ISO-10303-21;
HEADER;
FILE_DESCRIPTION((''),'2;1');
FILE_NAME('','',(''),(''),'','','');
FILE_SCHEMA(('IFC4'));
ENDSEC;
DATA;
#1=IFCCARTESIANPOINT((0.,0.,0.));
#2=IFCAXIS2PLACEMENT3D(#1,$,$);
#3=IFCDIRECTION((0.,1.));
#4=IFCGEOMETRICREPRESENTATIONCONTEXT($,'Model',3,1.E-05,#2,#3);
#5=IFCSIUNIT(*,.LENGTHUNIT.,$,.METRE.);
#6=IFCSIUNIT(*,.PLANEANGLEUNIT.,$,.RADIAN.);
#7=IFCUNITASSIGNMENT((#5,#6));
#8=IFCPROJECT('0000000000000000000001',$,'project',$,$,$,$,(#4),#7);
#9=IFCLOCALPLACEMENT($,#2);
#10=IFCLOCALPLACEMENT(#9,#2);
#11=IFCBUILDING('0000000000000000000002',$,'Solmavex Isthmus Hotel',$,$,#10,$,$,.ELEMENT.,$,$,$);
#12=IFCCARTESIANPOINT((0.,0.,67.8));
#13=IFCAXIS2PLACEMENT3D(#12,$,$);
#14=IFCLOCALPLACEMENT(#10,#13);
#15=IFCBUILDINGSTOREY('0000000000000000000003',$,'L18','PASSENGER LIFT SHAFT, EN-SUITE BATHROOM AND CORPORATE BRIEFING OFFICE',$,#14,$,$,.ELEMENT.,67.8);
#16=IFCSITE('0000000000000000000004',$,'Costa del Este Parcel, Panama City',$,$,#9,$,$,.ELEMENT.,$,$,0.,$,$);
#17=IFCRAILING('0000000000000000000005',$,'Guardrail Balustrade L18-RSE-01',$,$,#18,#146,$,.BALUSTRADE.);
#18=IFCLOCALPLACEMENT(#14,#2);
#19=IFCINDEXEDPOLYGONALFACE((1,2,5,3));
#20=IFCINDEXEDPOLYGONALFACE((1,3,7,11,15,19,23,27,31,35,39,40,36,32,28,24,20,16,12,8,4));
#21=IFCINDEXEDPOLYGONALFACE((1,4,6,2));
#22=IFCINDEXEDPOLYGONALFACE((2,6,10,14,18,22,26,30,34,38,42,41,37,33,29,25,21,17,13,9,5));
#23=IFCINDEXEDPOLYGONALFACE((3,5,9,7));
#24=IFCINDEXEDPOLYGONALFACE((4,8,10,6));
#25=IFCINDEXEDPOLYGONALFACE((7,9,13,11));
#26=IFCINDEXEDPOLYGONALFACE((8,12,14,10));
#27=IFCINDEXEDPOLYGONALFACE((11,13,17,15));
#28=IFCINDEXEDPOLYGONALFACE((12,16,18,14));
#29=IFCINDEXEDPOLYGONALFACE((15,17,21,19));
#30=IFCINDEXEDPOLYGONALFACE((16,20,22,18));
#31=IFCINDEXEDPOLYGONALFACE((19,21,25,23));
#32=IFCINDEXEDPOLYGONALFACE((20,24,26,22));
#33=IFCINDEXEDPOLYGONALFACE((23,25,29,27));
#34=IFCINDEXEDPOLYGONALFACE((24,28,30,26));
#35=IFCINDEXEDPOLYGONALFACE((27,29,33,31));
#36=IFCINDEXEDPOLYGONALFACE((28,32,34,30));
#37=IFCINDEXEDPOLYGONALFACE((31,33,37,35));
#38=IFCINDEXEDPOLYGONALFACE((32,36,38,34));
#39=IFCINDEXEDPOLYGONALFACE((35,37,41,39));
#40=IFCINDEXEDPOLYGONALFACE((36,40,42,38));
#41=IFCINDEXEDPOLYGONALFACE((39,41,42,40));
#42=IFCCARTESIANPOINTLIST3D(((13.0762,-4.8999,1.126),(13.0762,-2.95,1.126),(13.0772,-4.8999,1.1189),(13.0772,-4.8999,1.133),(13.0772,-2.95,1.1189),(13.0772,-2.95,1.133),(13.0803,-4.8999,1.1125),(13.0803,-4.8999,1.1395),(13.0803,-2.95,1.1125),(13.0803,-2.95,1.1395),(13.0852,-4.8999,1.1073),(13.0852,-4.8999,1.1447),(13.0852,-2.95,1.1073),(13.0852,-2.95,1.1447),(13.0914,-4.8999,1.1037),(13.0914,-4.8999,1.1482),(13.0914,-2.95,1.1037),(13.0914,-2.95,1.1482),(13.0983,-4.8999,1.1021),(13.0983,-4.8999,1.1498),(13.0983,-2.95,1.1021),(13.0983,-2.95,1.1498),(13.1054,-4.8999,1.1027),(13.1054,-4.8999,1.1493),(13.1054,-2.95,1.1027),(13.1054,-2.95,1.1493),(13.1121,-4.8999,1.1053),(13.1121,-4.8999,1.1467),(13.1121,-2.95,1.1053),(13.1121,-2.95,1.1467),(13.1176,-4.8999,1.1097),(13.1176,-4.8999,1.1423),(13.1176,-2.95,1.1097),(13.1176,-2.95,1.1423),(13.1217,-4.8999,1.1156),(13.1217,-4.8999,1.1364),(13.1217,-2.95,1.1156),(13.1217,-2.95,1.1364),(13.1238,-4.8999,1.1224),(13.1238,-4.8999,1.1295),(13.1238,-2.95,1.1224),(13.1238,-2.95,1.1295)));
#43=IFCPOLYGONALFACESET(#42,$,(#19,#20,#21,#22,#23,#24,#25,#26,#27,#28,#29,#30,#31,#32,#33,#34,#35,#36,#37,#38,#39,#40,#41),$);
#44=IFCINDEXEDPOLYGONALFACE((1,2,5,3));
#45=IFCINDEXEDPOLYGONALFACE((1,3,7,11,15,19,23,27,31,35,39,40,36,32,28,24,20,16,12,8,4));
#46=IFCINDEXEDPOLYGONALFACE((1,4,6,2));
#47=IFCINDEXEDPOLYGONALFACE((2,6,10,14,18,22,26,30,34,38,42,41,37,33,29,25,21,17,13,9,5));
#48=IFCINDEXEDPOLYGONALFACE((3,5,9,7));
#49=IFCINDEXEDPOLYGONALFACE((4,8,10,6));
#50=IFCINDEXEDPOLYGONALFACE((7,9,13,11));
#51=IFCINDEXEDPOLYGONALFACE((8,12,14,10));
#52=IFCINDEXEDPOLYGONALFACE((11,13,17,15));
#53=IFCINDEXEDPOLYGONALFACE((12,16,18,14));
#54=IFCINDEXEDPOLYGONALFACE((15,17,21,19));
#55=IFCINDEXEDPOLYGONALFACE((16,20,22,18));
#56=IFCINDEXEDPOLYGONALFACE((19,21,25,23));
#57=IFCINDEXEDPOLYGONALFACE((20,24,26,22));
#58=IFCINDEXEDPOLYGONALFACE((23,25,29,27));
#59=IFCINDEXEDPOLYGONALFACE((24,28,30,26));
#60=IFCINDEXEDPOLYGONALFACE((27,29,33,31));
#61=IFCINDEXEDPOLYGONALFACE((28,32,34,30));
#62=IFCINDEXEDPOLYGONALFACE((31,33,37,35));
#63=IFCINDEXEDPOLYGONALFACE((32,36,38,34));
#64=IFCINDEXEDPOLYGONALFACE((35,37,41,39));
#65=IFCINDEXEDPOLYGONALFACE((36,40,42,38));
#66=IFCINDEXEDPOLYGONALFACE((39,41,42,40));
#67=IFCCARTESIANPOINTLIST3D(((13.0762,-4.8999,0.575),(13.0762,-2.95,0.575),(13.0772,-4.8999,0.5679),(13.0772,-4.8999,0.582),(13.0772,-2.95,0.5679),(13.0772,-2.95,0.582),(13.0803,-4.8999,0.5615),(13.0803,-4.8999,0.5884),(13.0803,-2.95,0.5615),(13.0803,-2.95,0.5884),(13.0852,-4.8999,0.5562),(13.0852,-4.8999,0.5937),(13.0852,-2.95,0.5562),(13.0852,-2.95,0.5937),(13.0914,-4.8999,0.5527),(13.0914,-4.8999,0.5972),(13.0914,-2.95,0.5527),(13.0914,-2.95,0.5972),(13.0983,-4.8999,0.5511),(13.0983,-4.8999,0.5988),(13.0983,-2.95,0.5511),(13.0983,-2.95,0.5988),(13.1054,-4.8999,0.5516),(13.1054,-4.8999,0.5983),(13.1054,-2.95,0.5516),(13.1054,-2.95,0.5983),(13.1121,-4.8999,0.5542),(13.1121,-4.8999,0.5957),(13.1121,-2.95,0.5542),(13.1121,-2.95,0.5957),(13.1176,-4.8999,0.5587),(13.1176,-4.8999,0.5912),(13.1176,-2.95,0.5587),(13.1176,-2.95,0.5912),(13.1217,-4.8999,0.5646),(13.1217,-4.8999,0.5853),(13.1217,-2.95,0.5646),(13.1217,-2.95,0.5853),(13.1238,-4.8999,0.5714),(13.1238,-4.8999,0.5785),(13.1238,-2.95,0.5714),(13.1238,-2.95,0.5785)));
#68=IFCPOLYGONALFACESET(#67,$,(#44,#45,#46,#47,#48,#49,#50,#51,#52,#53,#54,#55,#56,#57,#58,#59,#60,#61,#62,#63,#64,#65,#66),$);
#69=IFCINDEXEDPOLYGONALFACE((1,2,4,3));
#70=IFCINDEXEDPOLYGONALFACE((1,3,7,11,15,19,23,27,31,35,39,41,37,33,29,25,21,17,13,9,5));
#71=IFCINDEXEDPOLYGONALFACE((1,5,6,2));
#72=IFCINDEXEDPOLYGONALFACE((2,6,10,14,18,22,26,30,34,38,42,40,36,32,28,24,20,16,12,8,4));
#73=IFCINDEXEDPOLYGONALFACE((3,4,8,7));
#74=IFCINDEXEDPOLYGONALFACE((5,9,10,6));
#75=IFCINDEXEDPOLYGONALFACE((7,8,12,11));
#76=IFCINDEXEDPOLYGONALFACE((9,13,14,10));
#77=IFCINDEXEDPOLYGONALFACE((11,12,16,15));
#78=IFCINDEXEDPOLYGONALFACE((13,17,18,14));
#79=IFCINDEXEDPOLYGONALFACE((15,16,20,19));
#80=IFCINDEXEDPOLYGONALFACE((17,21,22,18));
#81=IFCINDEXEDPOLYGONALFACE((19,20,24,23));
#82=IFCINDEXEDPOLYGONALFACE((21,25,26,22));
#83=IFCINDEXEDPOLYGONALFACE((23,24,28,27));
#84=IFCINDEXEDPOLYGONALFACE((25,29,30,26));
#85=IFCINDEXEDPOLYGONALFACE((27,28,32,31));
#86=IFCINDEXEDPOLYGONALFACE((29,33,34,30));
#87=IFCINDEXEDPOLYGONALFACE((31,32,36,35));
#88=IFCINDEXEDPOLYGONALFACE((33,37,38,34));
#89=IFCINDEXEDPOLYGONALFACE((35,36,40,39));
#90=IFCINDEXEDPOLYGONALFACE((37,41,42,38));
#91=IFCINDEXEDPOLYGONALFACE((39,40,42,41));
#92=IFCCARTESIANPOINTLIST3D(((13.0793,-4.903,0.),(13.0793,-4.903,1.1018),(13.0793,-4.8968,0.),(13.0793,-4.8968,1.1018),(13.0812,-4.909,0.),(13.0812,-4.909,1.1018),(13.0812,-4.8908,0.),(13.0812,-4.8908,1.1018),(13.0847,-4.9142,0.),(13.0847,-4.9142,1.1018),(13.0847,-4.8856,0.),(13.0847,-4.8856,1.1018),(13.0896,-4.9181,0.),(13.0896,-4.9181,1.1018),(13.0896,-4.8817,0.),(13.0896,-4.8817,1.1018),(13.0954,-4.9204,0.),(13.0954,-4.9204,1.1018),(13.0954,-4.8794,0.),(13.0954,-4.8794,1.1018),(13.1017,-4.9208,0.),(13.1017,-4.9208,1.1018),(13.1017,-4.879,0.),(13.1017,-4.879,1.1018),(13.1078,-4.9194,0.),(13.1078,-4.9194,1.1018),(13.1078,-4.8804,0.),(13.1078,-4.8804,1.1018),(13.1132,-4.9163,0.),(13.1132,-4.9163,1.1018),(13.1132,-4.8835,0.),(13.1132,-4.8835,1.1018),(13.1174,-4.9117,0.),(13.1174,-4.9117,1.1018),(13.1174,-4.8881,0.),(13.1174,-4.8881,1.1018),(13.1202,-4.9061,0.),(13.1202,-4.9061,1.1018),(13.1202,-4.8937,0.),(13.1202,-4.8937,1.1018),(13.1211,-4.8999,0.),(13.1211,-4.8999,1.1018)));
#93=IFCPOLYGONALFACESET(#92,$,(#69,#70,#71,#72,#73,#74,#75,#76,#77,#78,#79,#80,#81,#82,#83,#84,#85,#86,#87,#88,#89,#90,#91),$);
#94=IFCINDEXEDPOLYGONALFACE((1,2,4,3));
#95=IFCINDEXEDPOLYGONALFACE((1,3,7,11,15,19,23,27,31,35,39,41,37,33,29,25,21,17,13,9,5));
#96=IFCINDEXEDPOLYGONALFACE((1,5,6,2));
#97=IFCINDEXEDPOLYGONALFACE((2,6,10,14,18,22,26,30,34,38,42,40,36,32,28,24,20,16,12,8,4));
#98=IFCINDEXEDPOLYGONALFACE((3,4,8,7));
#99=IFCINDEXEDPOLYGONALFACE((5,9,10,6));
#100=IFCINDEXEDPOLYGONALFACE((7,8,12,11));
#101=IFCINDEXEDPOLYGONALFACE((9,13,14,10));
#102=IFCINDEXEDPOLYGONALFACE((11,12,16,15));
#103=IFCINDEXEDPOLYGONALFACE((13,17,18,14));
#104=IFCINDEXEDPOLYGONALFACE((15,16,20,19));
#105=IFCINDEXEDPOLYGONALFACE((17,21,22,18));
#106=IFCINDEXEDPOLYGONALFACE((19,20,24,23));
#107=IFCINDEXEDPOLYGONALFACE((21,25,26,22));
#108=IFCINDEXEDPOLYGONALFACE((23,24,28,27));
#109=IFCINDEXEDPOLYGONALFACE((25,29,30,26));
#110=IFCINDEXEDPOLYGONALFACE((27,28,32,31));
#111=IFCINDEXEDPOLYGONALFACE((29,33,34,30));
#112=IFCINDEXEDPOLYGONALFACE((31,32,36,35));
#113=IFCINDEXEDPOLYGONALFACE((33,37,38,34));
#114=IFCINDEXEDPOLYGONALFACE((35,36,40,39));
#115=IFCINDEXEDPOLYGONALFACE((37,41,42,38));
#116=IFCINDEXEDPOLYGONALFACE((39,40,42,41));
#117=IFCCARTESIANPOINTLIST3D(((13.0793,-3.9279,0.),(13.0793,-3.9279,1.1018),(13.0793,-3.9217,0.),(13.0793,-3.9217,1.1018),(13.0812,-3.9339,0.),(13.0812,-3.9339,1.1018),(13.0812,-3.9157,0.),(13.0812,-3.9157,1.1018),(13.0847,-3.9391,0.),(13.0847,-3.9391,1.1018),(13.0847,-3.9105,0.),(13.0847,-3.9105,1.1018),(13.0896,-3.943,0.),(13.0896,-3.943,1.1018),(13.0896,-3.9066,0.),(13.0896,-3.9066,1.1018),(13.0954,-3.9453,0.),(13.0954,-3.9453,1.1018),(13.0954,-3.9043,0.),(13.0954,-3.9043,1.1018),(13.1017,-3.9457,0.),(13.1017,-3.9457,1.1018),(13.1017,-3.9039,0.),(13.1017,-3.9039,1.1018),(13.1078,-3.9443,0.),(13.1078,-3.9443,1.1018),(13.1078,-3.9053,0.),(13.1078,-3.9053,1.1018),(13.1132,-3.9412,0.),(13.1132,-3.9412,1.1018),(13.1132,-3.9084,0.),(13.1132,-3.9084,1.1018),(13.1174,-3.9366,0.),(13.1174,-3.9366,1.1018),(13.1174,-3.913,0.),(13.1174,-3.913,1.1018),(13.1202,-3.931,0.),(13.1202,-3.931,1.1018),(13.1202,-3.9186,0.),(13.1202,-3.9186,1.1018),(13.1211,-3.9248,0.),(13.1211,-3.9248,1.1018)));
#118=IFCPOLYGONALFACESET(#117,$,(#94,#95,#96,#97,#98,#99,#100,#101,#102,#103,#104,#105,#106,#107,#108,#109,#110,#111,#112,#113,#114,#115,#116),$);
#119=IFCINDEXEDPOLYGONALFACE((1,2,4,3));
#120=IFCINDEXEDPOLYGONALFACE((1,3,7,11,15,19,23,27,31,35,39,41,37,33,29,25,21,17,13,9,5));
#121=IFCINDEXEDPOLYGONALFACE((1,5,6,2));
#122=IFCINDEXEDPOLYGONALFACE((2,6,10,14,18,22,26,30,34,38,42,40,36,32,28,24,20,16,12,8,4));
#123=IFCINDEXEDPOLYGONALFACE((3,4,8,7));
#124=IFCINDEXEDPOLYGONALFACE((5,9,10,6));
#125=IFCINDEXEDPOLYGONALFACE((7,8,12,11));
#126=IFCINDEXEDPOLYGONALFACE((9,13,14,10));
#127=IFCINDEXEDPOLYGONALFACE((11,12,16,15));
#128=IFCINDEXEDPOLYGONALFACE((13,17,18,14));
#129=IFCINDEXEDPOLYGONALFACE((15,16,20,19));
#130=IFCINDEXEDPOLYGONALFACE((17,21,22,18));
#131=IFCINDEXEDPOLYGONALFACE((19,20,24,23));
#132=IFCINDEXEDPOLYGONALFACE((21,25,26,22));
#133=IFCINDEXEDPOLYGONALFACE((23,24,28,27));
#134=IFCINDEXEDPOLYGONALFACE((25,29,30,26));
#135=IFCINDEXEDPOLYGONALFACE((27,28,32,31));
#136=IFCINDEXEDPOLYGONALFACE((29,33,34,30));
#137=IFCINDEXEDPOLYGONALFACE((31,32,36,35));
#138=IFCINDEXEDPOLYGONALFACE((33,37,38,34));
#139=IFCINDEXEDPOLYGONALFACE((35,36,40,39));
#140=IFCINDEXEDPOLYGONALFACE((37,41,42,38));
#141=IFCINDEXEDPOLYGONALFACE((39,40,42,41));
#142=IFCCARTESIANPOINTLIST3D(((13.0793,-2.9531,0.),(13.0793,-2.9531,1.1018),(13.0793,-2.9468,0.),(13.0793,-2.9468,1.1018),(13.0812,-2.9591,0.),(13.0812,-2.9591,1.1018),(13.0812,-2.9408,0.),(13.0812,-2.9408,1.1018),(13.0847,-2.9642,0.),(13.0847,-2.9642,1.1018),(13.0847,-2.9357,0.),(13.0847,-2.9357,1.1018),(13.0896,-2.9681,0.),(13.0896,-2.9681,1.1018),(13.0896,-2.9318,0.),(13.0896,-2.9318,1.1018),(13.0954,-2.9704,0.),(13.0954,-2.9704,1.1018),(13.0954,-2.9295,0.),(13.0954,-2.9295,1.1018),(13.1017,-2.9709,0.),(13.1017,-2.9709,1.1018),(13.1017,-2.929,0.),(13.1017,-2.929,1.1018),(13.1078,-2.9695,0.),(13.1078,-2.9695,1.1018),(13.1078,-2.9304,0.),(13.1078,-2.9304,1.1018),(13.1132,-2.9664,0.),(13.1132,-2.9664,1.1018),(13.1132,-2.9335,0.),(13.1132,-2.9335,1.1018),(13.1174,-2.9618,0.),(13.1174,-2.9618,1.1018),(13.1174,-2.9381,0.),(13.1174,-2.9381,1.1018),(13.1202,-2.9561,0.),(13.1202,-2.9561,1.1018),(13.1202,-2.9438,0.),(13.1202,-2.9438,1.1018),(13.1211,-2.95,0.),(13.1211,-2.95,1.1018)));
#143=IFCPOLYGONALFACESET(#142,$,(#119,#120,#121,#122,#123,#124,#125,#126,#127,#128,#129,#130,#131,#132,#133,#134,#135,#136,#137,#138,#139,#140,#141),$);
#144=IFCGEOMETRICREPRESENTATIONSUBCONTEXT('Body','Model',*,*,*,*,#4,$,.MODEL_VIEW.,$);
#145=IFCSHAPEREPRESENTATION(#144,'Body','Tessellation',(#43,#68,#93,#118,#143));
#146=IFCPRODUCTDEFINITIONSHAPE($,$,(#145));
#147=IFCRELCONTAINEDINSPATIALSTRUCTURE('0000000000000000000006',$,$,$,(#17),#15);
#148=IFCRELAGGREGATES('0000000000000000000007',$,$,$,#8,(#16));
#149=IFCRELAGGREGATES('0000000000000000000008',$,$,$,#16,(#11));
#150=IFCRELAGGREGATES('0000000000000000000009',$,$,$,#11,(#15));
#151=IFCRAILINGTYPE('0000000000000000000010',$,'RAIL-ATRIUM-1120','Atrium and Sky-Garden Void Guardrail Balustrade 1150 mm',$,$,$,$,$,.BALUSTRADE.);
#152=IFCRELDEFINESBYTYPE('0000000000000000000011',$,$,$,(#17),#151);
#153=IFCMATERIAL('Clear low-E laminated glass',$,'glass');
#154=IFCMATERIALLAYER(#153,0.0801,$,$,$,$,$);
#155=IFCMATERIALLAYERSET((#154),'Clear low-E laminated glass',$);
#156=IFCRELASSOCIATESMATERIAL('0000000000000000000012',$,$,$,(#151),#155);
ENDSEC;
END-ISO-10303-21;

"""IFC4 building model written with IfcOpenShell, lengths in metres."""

from ifc_helpers import new_model, si_unit, direction, frame, origin, origin_2d, place, context, subcontext, project, spatial, circle, extrude, material, layer, layer_set, type_object, element, save


model = new_model("IFC4")

# Units and contexts
model_context = context("Model", 3, precision=1e-05, world=origin(), true_north=direction((0.0, 1.0)))
body_context = subcontext(model_context, "Body", "Model", "MODEL_VIEW")
ifc_project = project(units=[si_unit("LENGTHUNIT", "METRE"), si_unit("PLANEANGLEUNIT", "RADIAN")], contexts=[model_context])

# Site, building, storey
site_placement = place(None, origin())
site = spatial("IfcSite", under=ifc_project, at=site_placement, Name="Costa del Este Parcel, Panama City", CompositionType="ELEMENT", RefElevation=0.0)
building_placement = place(site_placement, origin())
building = spatial("IfcBuilding", under=site, at=building_placement, Name="Solmavex Isthmus Hotel", CompositionType="ELEMENT")
storey_placement = place(building_placement, frame((0.0, 0.0, 67.8)))
storey = spatial("IfcBuildingStorey", under=building, at=storey_placement, Name="L18", Description="PASSENGER LIFT SHAFT, EN-SUITE BATHROOM AND CORPORATE BRIEFING OFFICE", CompositionType="ELEMENT", Elevation=67.8)

# Shared definitions
ifc_material_1 = material(Name="Clear low-E laminated glass", Category="glass")

# Railing
ifc_layer_1 = layer(ifc_material_1, 0.0801)
ifc_layer_set_1 = layer_set([ifc_layer_1], Name="Clear low-E laminated glass")
railing_type_1 = type_object("IfcRailingType", Name="RAIL-ATRIUM-1120", Description="Atrium and Sky-Garden Void Guardrail Balustrade 1150 mm", PredefinedType="BALUSTRADE", material=ifc_layer_set_1)
railing_1_placement = place(storey_placement, frame((13.1001, -4.8999, 0.0)))
element("IfcRailing", 1, at=railing_1_placement, inside=storey, type_object=railing_type_1, Name="Guardrail Balustrade L18-RSE-01", PredefinedType="BALUSTRADE", context=body_context, shape_type="SweptSolid", body=[
    extrude(circle(Radius=0.0239, at=origin_2d()), frame((0.0, 0.0, 1.126), z_axis=(0.0, 1.0, 0.0), x_axis=(-1.0, 0.0, 0.0)), (0.0, 0.0, 1.0), 1.95),
    extrude(circle(Radius=0.0239, at=origin_2d()), frame((0.0, 0.0, 0.575), z_axis=(0.0, 1.0, 0.0), x_axis=(-1.0, 0.0, 0.0)), (0.0, 0.0, 1.0), 1.95),
    extrude(circle(Radius=0.021, at=origin_2d()), origin(), (0.0, 0.0, 1.0), 1.1018),
    extrude(circle(Radius=0.021, at=origin_2d()), frame((0.0, 0.9751, 0.0)), (0.0, 0.0, 1.0), 1.1018),
    extrude(circle(Radius=0.021, at=origin_2d()), frame((0.0, 1.95, 0.0)), (0.0, 0.0, 1.0), 1.1018),
])

save(model, "model.ifc")
